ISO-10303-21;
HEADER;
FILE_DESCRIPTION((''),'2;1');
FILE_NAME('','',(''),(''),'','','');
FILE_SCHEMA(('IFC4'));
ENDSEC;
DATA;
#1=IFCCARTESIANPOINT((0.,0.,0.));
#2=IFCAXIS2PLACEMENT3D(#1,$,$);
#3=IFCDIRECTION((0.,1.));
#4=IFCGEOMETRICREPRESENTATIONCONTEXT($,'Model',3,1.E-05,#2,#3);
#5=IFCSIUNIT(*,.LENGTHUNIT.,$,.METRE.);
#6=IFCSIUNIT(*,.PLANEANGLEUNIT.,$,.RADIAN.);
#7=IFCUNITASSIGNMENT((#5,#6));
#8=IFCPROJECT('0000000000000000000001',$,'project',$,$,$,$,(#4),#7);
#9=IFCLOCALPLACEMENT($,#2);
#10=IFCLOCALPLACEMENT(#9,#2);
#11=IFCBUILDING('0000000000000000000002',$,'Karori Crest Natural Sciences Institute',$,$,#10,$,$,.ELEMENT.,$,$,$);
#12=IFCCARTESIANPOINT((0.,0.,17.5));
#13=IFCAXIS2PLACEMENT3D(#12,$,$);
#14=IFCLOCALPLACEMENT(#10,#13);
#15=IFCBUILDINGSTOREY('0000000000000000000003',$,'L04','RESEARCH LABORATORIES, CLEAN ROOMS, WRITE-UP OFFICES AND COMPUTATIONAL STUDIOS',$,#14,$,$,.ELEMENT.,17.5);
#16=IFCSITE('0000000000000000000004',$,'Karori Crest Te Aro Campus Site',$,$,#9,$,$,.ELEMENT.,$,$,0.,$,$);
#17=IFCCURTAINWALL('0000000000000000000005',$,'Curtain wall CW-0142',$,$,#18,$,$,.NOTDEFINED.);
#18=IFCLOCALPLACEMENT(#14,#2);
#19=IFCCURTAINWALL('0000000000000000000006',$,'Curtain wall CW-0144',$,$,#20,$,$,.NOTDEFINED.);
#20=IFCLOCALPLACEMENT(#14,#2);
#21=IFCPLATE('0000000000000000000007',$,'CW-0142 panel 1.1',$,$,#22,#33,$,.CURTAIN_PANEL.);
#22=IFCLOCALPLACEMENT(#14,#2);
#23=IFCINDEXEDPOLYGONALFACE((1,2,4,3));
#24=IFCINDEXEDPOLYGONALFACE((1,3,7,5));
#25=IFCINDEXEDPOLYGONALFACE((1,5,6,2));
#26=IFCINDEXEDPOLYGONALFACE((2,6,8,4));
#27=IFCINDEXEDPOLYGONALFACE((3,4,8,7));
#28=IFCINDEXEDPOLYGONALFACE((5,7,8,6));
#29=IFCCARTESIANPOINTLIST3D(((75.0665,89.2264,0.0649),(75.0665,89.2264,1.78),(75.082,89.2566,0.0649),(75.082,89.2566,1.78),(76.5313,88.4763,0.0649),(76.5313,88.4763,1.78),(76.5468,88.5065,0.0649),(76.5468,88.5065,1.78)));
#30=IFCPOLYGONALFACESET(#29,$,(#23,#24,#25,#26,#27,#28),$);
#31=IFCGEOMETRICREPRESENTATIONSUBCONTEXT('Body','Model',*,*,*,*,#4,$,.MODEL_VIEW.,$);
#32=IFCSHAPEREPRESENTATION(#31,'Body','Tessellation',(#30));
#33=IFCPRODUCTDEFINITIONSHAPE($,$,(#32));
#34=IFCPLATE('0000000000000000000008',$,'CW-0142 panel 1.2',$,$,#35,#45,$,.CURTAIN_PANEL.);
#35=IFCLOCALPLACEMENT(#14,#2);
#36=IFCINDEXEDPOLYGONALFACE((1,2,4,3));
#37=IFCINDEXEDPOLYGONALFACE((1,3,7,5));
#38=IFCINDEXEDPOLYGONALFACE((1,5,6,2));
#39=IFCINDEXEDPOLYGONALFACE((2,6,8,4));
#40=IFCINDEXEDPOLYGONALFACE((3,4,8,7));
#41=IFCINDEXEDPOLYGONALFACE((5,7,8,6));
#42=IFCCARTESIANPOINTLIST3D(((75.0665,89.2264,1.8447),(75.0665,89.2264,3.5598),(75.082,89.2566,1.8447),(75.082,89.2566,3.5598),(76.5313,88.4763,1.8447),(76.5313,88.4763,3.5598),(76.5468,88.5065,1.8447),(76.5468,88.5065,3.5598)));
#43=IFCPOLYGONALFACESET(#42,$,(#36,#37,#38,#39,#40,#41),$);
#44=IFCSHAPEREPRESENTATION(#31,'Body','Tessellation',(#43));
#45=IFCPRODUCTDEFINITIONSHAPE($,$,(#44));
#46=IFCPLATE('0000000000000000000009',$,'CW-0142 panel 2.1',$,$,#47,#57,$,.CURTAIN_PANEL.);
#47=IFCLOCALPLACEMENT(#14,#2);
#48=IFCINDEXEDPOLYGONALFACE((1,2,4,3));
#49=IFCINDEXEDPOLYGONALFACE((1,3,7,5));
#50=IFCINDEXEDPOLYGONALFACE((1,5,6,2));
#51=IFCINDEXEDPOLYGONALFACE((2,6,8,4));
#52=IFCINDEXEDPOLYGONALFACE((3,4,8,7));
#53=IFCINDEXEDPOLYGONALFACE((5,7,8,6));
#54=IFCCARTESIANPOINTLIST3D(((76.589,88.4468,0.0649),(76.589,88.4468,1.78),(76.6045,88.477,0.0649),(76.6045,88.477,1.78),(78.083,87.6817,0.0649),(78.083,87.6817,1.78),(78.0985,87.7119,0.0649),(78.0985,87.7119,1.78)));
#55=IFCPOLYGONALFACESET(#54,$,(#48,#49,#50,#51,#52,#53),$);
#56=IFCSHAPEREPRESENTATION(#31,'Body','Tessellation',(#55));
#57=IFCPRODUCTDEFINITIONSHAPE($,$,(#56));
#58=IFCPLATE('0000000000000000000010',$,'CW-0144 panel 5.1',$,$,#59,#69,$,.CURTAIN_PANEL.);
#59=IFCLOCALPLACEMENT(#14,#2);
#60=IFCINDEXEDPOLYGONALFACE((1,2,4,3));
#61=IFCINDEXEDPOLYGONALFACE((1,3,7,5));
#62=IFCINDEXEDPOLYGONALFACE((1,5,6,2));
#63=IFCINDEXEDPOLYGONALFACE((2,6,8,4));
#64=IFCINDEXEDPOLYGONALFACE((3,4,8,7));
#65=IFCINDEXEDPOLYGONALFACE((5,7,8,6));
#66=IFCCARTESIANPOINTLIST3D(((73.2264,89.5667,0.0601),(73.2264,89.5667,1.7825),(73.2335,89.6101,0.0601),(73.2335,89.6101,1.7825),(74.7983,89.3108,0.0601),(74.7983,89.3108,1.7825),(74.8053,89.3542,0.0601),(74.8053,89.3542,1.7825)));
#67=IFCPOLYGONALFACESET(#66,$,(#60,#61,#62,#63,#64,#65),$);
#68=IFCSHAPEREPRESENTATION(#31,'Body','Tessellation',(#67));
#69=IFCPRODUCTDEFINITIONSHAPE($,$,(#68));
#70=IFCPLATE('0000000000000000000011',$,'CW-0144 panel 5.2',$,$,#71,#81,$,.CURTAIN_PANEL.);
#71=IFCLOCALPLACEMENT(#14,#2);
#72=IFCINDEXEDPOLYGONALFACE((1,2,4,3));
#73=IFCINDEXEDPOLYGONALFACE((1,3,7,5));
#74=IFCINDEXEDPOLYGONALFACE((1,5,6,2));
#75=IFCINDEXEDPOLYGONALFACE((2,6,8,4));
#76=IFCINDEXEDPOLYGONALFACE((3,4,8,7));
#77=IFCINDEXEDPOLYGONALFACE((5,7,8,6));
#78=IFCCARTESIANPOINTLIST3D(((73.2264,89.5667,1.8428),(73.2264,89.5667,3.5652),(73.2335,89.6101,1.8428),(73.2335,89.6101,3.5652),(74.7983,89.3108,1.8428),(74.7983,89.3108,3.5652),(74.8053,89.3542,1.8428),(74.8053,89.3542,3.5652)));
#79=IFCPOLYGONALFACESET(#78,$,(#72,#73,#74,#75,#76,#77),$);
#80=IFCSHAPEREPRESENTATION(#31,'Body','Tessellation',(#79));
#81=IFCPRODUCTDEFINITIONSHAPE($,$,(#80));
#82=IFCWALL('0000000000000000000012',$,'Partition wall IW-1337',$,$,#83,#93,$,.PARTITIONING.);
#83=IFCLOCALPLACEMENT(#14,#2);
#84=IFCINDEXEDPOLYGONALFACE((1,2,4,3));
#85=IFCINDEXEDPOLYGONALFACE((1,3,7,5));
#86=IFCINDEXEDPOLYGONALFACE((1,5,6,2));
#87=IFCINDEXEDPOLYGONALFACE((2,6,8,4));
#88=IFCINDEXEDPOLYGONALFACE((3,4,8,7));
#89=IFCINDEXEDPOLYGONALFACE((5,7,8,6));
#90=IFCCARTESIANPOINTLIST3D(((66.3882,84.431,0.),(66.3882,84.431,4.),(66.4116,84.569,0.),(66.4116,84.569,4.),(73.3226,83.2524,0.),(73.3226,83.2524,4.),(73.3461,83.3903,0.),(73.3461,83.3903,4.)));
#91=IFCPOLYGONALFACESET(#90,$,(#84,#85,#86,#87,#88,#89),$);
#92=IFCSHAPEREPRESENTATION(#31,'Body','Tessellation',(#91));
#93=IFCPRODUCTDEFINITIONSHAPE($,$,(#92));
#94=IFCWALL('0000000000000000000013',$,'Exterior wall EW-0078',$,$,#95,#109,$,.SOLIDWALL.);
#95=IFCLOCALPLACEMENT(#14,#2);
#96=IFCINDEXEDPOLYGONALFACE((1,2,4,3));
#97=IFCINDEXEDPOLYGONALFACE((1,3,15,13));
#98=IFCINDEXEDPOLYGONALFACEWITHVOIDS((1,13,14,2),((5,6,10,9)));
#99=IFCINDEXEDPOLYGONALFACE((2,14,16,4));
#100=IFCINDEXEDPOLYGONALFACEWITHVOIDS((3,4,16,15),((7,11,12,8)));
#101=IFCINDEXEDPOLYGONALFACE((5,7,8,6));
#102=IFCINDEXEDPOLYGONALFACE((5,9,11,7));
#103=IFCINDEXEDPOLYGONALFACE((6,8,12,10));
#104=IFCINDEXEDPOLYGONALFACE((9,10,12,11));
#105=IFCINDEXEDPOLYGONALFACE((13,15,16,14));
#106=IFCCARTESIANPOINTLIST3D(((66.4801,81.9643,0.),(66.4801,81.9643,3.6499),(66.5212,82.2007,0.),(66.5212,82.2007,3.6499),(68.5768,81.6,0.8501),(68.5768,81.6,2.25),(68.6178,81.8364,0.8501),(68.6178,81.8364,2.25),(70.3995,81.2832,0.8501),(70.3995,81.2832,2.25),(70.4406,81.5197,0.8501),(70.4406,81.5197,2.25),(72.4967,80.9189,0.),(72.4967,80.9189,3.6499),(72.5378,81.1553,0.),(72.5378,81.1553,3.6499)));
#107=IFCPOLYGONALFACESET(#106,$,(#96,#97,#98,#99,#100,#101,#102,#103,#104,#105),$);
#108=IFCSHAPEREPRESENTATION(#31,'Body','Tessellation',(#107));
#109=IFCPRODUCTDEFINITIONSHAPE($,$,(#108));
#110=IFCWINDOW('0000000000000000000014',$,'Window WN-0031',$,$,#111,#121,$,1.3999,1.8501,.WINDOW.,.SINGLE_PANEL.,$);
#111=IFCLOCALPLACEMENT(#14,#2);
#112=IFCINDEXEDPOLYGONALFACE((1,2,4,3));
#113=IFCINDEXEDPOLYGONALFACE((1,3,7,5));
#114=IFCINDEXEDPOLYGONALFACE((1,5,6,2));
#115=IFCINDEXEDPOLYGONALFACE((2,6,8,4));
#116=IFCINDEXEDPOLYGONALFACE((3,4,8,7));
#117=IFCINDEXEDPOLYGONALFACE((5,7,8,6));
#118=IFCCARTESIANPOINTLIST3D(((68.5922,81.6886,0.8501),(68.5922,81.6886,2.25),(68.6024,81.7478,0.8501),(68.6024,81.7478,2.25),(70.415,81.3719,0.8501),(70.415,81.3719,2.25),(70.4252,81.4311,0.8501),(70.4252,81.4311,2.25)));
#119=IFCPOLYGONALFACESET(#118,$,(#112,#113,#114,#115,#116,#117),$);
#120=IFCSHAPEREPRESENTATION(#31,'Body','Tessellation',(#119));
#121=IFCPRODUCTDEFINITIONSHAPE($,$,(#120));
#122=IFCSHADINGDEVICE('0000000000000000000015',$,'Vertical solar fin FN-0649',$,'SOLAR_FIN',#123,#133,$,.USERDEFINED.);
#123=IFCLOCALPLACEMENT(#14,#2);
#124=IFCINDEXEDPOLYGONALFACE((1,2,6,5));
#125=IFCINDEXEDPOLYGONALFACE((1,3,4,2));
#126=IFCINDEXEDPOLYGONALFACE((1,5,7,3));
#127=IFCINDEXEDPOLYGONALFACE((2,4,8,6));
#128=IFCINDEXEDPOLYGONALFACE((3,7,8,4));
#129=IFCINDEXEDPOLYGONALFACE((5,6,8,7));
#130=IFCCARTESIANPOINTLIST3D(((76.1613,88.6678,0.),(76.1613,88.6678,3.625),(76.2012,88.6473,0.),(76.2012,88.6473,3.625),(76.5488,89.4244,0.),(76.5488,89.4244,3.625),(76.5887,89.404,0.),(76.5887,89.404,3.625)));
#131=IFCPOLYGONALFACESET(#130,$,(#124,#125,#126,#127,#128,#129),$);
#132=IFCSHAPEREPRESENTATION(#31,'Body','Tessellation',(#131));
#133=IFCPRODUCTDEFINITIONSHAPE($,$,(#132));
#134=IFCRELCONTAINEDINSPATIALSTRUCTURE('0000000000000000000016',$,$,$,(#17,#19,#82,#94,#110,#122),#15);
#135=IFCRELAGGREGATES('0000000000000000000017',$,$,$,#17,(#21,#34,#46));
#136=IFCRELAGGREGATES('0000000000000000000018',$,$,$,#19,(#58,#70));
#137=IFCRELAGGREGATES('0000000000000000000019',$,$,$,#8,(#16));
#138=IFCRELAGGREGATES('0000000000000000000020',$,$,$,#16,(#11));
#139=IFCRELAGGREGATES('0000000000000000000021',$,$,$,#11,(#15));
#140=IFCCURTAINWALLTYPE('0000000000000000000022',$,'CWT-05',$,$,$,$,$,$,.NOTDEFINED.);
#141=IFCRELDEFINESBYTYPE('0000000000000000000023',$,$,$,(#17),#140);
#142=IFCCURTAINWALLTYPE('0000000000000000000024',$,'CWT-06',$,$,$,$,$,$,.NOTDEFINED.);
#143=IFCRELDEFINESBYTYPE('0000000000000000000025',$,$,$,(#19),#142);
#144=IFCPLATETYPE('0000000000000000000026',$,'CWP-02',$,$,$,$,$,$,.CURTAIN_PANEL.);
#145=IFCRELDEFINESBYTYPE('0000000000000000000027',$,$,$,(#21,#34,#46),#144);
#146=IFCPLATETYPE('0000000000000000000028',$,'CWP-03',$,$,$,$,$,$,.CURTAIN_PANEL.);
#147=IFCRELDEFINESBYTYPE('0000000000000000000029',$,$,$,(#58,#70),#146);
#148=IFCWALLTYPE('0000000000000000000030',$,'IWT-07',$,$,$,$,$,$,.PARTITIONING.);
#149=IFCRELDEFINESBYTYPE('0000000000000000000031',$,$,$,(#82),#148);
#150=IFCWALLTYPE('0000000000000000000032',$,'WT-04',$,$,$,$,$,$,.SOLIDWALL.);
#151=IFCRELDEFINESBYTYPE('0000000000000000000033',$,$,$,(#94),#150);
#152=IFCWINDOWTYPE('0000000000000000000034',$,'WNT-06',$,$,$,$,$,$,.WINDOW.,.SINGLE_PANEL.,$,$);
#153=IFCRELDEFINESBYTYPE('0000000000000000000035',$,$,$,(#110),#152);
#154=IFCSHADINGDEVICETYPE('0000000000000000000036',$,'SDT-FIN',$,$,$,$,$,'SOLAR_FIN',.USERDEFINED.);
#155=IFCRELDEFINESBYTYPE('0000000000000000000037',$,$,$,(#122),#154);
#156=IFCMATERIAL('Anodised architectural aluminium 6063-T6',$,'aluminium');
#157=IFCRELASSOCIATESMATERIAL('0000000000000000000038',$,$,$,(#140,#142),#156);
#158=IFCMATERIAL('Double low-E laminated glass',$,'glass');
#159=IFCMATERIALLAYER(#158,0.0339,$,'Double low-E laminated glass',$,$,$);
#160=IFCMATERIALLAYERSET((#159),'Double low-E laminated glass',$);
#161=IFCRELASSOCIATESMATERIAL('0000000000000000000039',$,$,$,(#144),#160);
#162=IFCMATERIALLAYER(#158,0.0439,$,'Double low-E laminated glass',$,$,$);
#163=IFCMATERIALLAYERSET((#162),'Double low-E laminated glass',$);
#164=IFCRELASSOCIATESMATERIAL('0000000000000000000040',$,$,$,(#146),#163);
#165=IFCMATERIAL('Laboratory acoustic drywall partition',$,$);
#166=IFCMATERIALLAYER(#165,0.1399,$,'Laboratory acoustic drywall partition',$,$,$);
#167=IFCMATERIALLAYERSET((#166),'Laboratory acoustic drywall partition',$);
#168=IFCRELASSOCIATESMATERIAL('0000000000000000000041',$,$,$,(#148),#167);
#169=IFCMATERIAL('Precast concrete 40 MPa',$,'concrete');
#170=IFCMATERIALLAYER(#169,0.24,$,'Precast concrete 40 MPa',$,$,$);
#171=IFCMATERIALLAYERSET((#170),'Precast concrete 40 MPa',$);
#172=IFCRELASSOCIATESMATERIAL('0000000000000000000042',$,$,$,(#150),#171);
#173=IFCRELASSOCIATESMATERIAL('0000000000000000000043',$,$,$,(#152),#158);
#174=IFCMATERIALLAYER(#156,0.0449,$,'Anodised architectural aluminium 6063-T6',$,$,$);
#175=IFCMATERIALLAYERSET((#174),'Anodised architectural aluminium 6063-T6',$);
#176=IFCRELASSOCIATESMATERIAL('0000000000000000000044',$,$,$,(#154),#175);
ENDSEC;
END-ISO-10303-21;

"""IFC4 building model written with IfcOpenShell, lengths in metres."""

from ifc_helpers import new_model, si_unit, direction, frame, frame_2d, origin, origin_2d, place, context, subcontext, project, spatial, rectangle, extrude, material, layer, layer_set, type_object, element, fill, aggregate, save


model = new_model("IFC4")

# Units and contexts
model_context = context("Model", 3, precision=1e-05, world=origin(), true_north=direction((0.0, 1.0)))
body_context = subcontext(model_context, "Body", "Model", "MODEL_VIEW")
ifc_project = project(units=[si_unit("LENGTHUNIT", "METRE"), si_unit("PLANEANGLEUNIT", "RADIAN")], contexts=[model_context])

# Site, building, storey
site_placement = place(None, origin())
site = spatial("IfcSite", under=ifc_project, at=site_placement, Name="Karori Crest Te Aro Campus Site", CompositionType="ELEMENT", RefElevation=0.0)
building_placement = place(site_placement, origin())
building = spatial("IfcBuilding", under=site, at=building_placement, Name="Karori Crest Natural Sciences Institute", CompositionType="ELEMENT")
storey_placement = place(building_placement, frame((0.0, 0.0, 17.5)))
storey = spatial("IfcBuildingStorey", under=building, at=storey_placement, Name="L04", Description="RESEARCH LABORATORIES, CLEAN ROOMS, WRITE-UP OFFICES AND COMPUTATIONAL STUDIOS", CompositionType="ELEMENT", Elevation=17.5)

# Curtain wall
ifc_material_1 = material(Name="Anodised architectural aluminium 6063-T6", Category="aluminium")
curtain_wall_type_1 = type_object("IfcCurtainWallType", Name="CWT-05", PredefinedType="NOTDEFINED", material=ifc_material_1)
curtain_wall_1_placement = place(storey_placement, origin())
curtain_wall_1 = element("IfcCurtainWall", 1, at=curtain_wall_1_placement, inside=storey, type_object=curtain_wall_type_1, Name="Curtain wall CW-0142", PredefinedType="NOTDEFINED")

# Curtain wall
curtain_wall_type_2 = type_object("IfcCurtainWallType", Name="CWT-06", PredefinedType="NOTDEFINED", material=ifc_material_1)
curtain_wall_2_placement = place(storey_placement, origin())
curtain_wall_2 = element("IfcCurtainWall", 2, at=curtain_wall_2_placement, inside=storey, type_object=curtain_wall_type_2, Name="Curtain wall CW-0144", PredefinedType="NOTDEFINED")

# Plates
ifc_material_2 = material(Name="Double low-E laminated glass", Category="glass")
ifc_layer_1 = layer(ifc_material_2, 0.0339, Name="Double low-E laminated glass")
ifc_layer_set_1 = layer_set([ifc_layer_1], Name="Double low-E laminated glass")
plate_type_1 = type_object("IfcPlateType", Name="CWP-02", PredefinedType="CURTAIN_PANEL", material=ifc_layer_set_1)
plate_1_placement = place(storey_placement, frame((75.8066, 88.8665, 0.0649), z_axis=(0.0, 0.0, 1.0), x_axis=(0.890067, -0.455829, 0.0)))
plate_1 = element("IfcPlate", 3, at=plate_1_placement, type_object=plate_type_1, Name="CW-0142 panel 1.1", PredefinedType="CURTAIN_PANEL", context=body_context, shape_type="SweptSolid", body=[
    extrude(rectangle(XDim=1.6458, YDim=0.0339, at=origin_2d()), origin(), (0.0, 0.0, 1.0), 1.7151),
])
plate_2_placement = place(storey_placement, frame((75.8066, 88.8665, 1.8447), z_axis=(0.0, 0.0, 1.0), x_axis=(0.890067, -0.455829, 0.0)))
plate_2 = element("IfcPlate", 4, at=plate_2_placement, type_object=plate_type_1, Name="CW-0142 panel 1.2", PredefinedType="CURTAIN_PANEL", context=body_context, shape_type="SweptSolid", body=[
    extrude(rectangle(XDim=1.6458, YDim=0.0339, at=origin_2d()), origin(), (0.0, 0.0, 1.0), 1.7151),
])
plate_3_placement = place(storey_placement, frame((77.3438, 88.0793, 0.0649), z_axis=(0.0, 0.0, 1.0), x_axis=(0.890067, -0.455829, 0.0)))
plate_3 = element("IfcPlate", 5, at=plate_3_placement, type_object=plate_type_1, Name="CW-0142 panel 2.1", PredefinedType="CURTAIN_PANEL", context=body_context, shape_type="SweptSolid", body=[
    extrude(rectangle(XDim=1.6785, YDim=0.0339, at=origin_2d()), origin(), (0.0, 0.0, 1.0), 1.7151),
])
aggregate(curtain_wall_1, [plate_1, plate_2, plate_3])
ifc_layer_2 = layer(ifc_material_2, 0.0439, Name="Double low-E laminated glass")
ifc_layer_set_2 = layer_set([ifc_layer_2], Name="Double low-E laminated glass")
plate_type_2 = type_object("IfcPlateType", Name="CWP-03", PredefinedType="CURTAIN_PANEL", material=ifc_layer_set_2)
plate_4_placement = place(storey_placement, frame((74.0159, 89.4604, 0.0601), z_axis=(0.0, 0.0, 1.0), x_axis=(0.987011, -0.160655, 0.0)))
plate_4 = element("IfcPlate", 6, at=plate_4_placement, type_object=plate_type_2, Name="CW-0144 panel 5.1", PredefinedType="CURTAIN_PANEL", context=body_context, shape_type="SweptSolid", body=[
    extrude(rectangle(XDim=1.5925, YDim=0.0439, at=origin_2d()), origin(), (0.0, 0.0, 1.0), 1.7224),
])
plate_5_placement = place(storey_placement, frame((74.0159, 89.4604, 1.8428), z_axis=(0.0, 0.0, 1.0), x_axis=(0.987011, -0.160655, 0.0)))
plate_5 = element("IfcPlate", 7, at=plate_5_placement, type_object=plate_type_2, Name="CW-0144 panel 5.2", PredefinedType="CURTAIN_PANEL", context=body_context, shape_type="SweptSolid", body=[
    extrude(rectangle(XDim=1.5925, YDim=0.0439, at=origin_2d()), origin(), (0.0, 0.0, 1.0), 1.7224),
])
aggregate(curtain_wall_2, [plate_4, plate_5])

# Wall
ifc_material_3 = material(Name="Laboratory acoustic drywall partition")
ifc_layer_3 = layer(ifc_material_3, 0.1399, Name="Laboratory acoustic drywall partition")
ifc_layer_set_3 = layer_set([ifc_layer_3], Name="Laboratory acoustic drywall partition")
wall_type_1 = type_object("IfcWallType", Name="IWT-07", PredefinedType="PARTITIONING", material=ifc_layer_set_3)
wall_1_placement = place(storey_placement, frame((73.3345, 83.3213, 0.0), z_axis=(0.0, 0.0, 1.0), x_axis=(-0.98586, 0.167573, 0.0)))
element("IfcWall", 8, at=wall_1_placement, inside=storey, type_object=wall_type_1, Name="Partition wall IW-1337", PredefinedType="PARTITIONING", context=body_context, shape_type="SweptSolid", body=[
    extrude(rectangle(XDim=7.0339, YDim=0.1399, at=frame_2d((3.5171, 0.0))), origin(), (0.0, 0.0, 1.0), 4.0),
])

# Wall, opening, window
ifc_material_4 = material(Name="Precast concrete 40 MPa", Category="concrete")
ifc_layer_4 = layer(ifc_material_4, 0.24, Name="Precast concrete 40 MPa")
ifc_layer_set_4 = layer_set([ifc_layer_4], Name="Precast concrete 40 MPa")
wall_type_2 = type_object("IfcWallType", Name="WT-04", PredefinedType="SOLIDWALL", material=ifc_layer_set_4)
wall_2_placement = place(storey_placement, frame((72.5171, 81.0371, 0.0), z_axis=(0.0, 0.0, 1.0), x_axis=(-0.985238, 0.171189, 0.0)))
wall_2 = element("IfcWall", 9, at=wall_2_placement, inside=storey, type_object=wall_type_2, Name="Exterior wall EW-0078", PredefinedType="SOLIDWALL", context=body_context, shape_type="SweptSolid", body=[
    extrude(rectangle(XDim=6.1067, YDim=0.24, at=frame_2d((3.0532, 0.0))), origin(), (0.0, 0.0, 1.0), 3.6499),
])
opening_placement = place(wall_2_placement, frame((2.1284, 0.0, 0.8501)))
opening = element("IfcOpeningElement", 10, at=opening_placement, cuts=wall_2, PredefinedType="OPENING", context=body_context, shape_type="SweptSolid", body=[
    extrude(rectangle(XDim=1.8501, YDim=1.3999, at=frame_2d((0.925, 0.7))), frame((0.0, 0.1299, 0.0), z_axis=(0.0, -1.0, 0.0), x_axis=(1.0, 0.0, 0.0)), (0.0, 0.0, 1.0), 0.26),
])
window_type = type_object("IfcWindowType", Name="WNT-06", PartitioningType="SINGLE_PANEL", PredefinedType="WINDOW", material=ifc_material_2)
window_placement = place(opening_placement, origin())
window = element("IfcWindow", 11, at=window_placement, inside=storey, type_object=window_type, Name="Window WN-0031", OverallHeight=1.3999, OverallWidth=1.8501, PartitioningType="SINGLE_PANEL", PredefinedType="WINDOW", context=body_context, shape_type="SweptSolid", body=[
    extrude(rectangle(XDim=1.8501, YDim=1.3999, at=frame_2d((0.925, 0.7))), frame((0.0, 0.03, 0.0), z_axis=(0.0, -1.0, 0.0), x_axis=(1.0, 0.0, 0.0)), (0.0, 0.0, 1.0), 0.0601),
])
fill(opening, window)

# Shading device
ifc_layer_5 = layer(ifc_material_1, 0.0449, Name="Anodised architectural aluminium 6063-T6")
ifc_layer_set_5 = layer_set([ifc_layer_5], Name="Anodised architectural aluminium 6063-T6")
shading_device_type = type_object("IfcShadingDeviceType", Name="SDT-FIN", ElementType="SOLAR_FIN", PredefinedType="USERDEFINED", material=ifc_layer_set_5)
shading_device_placement = place(storey_placement, frame((76.375, 89.0359, 0.0), z_axis=(0.0, 0.0, 1.0), x_axis=(0.455829, 0.890067, 0.0)))
element("IfcShadingDevice", 12, at=shading_device_placement, inside=storey, type_object=shading_device_type, Name="Vertical solar fin FN-0649", ObjectType="SOLAR_FIN", PredefinedType="USERDEFINED", context=body_context, shape_type="SweptSolid", body=[
    extrude(rectangle(XDim=0.8501, YDim=0.0449, at=origin_2d()), origin(), (0.0, 0.0, 1.0), 3.625),
])

save(model, "model.ifc")
